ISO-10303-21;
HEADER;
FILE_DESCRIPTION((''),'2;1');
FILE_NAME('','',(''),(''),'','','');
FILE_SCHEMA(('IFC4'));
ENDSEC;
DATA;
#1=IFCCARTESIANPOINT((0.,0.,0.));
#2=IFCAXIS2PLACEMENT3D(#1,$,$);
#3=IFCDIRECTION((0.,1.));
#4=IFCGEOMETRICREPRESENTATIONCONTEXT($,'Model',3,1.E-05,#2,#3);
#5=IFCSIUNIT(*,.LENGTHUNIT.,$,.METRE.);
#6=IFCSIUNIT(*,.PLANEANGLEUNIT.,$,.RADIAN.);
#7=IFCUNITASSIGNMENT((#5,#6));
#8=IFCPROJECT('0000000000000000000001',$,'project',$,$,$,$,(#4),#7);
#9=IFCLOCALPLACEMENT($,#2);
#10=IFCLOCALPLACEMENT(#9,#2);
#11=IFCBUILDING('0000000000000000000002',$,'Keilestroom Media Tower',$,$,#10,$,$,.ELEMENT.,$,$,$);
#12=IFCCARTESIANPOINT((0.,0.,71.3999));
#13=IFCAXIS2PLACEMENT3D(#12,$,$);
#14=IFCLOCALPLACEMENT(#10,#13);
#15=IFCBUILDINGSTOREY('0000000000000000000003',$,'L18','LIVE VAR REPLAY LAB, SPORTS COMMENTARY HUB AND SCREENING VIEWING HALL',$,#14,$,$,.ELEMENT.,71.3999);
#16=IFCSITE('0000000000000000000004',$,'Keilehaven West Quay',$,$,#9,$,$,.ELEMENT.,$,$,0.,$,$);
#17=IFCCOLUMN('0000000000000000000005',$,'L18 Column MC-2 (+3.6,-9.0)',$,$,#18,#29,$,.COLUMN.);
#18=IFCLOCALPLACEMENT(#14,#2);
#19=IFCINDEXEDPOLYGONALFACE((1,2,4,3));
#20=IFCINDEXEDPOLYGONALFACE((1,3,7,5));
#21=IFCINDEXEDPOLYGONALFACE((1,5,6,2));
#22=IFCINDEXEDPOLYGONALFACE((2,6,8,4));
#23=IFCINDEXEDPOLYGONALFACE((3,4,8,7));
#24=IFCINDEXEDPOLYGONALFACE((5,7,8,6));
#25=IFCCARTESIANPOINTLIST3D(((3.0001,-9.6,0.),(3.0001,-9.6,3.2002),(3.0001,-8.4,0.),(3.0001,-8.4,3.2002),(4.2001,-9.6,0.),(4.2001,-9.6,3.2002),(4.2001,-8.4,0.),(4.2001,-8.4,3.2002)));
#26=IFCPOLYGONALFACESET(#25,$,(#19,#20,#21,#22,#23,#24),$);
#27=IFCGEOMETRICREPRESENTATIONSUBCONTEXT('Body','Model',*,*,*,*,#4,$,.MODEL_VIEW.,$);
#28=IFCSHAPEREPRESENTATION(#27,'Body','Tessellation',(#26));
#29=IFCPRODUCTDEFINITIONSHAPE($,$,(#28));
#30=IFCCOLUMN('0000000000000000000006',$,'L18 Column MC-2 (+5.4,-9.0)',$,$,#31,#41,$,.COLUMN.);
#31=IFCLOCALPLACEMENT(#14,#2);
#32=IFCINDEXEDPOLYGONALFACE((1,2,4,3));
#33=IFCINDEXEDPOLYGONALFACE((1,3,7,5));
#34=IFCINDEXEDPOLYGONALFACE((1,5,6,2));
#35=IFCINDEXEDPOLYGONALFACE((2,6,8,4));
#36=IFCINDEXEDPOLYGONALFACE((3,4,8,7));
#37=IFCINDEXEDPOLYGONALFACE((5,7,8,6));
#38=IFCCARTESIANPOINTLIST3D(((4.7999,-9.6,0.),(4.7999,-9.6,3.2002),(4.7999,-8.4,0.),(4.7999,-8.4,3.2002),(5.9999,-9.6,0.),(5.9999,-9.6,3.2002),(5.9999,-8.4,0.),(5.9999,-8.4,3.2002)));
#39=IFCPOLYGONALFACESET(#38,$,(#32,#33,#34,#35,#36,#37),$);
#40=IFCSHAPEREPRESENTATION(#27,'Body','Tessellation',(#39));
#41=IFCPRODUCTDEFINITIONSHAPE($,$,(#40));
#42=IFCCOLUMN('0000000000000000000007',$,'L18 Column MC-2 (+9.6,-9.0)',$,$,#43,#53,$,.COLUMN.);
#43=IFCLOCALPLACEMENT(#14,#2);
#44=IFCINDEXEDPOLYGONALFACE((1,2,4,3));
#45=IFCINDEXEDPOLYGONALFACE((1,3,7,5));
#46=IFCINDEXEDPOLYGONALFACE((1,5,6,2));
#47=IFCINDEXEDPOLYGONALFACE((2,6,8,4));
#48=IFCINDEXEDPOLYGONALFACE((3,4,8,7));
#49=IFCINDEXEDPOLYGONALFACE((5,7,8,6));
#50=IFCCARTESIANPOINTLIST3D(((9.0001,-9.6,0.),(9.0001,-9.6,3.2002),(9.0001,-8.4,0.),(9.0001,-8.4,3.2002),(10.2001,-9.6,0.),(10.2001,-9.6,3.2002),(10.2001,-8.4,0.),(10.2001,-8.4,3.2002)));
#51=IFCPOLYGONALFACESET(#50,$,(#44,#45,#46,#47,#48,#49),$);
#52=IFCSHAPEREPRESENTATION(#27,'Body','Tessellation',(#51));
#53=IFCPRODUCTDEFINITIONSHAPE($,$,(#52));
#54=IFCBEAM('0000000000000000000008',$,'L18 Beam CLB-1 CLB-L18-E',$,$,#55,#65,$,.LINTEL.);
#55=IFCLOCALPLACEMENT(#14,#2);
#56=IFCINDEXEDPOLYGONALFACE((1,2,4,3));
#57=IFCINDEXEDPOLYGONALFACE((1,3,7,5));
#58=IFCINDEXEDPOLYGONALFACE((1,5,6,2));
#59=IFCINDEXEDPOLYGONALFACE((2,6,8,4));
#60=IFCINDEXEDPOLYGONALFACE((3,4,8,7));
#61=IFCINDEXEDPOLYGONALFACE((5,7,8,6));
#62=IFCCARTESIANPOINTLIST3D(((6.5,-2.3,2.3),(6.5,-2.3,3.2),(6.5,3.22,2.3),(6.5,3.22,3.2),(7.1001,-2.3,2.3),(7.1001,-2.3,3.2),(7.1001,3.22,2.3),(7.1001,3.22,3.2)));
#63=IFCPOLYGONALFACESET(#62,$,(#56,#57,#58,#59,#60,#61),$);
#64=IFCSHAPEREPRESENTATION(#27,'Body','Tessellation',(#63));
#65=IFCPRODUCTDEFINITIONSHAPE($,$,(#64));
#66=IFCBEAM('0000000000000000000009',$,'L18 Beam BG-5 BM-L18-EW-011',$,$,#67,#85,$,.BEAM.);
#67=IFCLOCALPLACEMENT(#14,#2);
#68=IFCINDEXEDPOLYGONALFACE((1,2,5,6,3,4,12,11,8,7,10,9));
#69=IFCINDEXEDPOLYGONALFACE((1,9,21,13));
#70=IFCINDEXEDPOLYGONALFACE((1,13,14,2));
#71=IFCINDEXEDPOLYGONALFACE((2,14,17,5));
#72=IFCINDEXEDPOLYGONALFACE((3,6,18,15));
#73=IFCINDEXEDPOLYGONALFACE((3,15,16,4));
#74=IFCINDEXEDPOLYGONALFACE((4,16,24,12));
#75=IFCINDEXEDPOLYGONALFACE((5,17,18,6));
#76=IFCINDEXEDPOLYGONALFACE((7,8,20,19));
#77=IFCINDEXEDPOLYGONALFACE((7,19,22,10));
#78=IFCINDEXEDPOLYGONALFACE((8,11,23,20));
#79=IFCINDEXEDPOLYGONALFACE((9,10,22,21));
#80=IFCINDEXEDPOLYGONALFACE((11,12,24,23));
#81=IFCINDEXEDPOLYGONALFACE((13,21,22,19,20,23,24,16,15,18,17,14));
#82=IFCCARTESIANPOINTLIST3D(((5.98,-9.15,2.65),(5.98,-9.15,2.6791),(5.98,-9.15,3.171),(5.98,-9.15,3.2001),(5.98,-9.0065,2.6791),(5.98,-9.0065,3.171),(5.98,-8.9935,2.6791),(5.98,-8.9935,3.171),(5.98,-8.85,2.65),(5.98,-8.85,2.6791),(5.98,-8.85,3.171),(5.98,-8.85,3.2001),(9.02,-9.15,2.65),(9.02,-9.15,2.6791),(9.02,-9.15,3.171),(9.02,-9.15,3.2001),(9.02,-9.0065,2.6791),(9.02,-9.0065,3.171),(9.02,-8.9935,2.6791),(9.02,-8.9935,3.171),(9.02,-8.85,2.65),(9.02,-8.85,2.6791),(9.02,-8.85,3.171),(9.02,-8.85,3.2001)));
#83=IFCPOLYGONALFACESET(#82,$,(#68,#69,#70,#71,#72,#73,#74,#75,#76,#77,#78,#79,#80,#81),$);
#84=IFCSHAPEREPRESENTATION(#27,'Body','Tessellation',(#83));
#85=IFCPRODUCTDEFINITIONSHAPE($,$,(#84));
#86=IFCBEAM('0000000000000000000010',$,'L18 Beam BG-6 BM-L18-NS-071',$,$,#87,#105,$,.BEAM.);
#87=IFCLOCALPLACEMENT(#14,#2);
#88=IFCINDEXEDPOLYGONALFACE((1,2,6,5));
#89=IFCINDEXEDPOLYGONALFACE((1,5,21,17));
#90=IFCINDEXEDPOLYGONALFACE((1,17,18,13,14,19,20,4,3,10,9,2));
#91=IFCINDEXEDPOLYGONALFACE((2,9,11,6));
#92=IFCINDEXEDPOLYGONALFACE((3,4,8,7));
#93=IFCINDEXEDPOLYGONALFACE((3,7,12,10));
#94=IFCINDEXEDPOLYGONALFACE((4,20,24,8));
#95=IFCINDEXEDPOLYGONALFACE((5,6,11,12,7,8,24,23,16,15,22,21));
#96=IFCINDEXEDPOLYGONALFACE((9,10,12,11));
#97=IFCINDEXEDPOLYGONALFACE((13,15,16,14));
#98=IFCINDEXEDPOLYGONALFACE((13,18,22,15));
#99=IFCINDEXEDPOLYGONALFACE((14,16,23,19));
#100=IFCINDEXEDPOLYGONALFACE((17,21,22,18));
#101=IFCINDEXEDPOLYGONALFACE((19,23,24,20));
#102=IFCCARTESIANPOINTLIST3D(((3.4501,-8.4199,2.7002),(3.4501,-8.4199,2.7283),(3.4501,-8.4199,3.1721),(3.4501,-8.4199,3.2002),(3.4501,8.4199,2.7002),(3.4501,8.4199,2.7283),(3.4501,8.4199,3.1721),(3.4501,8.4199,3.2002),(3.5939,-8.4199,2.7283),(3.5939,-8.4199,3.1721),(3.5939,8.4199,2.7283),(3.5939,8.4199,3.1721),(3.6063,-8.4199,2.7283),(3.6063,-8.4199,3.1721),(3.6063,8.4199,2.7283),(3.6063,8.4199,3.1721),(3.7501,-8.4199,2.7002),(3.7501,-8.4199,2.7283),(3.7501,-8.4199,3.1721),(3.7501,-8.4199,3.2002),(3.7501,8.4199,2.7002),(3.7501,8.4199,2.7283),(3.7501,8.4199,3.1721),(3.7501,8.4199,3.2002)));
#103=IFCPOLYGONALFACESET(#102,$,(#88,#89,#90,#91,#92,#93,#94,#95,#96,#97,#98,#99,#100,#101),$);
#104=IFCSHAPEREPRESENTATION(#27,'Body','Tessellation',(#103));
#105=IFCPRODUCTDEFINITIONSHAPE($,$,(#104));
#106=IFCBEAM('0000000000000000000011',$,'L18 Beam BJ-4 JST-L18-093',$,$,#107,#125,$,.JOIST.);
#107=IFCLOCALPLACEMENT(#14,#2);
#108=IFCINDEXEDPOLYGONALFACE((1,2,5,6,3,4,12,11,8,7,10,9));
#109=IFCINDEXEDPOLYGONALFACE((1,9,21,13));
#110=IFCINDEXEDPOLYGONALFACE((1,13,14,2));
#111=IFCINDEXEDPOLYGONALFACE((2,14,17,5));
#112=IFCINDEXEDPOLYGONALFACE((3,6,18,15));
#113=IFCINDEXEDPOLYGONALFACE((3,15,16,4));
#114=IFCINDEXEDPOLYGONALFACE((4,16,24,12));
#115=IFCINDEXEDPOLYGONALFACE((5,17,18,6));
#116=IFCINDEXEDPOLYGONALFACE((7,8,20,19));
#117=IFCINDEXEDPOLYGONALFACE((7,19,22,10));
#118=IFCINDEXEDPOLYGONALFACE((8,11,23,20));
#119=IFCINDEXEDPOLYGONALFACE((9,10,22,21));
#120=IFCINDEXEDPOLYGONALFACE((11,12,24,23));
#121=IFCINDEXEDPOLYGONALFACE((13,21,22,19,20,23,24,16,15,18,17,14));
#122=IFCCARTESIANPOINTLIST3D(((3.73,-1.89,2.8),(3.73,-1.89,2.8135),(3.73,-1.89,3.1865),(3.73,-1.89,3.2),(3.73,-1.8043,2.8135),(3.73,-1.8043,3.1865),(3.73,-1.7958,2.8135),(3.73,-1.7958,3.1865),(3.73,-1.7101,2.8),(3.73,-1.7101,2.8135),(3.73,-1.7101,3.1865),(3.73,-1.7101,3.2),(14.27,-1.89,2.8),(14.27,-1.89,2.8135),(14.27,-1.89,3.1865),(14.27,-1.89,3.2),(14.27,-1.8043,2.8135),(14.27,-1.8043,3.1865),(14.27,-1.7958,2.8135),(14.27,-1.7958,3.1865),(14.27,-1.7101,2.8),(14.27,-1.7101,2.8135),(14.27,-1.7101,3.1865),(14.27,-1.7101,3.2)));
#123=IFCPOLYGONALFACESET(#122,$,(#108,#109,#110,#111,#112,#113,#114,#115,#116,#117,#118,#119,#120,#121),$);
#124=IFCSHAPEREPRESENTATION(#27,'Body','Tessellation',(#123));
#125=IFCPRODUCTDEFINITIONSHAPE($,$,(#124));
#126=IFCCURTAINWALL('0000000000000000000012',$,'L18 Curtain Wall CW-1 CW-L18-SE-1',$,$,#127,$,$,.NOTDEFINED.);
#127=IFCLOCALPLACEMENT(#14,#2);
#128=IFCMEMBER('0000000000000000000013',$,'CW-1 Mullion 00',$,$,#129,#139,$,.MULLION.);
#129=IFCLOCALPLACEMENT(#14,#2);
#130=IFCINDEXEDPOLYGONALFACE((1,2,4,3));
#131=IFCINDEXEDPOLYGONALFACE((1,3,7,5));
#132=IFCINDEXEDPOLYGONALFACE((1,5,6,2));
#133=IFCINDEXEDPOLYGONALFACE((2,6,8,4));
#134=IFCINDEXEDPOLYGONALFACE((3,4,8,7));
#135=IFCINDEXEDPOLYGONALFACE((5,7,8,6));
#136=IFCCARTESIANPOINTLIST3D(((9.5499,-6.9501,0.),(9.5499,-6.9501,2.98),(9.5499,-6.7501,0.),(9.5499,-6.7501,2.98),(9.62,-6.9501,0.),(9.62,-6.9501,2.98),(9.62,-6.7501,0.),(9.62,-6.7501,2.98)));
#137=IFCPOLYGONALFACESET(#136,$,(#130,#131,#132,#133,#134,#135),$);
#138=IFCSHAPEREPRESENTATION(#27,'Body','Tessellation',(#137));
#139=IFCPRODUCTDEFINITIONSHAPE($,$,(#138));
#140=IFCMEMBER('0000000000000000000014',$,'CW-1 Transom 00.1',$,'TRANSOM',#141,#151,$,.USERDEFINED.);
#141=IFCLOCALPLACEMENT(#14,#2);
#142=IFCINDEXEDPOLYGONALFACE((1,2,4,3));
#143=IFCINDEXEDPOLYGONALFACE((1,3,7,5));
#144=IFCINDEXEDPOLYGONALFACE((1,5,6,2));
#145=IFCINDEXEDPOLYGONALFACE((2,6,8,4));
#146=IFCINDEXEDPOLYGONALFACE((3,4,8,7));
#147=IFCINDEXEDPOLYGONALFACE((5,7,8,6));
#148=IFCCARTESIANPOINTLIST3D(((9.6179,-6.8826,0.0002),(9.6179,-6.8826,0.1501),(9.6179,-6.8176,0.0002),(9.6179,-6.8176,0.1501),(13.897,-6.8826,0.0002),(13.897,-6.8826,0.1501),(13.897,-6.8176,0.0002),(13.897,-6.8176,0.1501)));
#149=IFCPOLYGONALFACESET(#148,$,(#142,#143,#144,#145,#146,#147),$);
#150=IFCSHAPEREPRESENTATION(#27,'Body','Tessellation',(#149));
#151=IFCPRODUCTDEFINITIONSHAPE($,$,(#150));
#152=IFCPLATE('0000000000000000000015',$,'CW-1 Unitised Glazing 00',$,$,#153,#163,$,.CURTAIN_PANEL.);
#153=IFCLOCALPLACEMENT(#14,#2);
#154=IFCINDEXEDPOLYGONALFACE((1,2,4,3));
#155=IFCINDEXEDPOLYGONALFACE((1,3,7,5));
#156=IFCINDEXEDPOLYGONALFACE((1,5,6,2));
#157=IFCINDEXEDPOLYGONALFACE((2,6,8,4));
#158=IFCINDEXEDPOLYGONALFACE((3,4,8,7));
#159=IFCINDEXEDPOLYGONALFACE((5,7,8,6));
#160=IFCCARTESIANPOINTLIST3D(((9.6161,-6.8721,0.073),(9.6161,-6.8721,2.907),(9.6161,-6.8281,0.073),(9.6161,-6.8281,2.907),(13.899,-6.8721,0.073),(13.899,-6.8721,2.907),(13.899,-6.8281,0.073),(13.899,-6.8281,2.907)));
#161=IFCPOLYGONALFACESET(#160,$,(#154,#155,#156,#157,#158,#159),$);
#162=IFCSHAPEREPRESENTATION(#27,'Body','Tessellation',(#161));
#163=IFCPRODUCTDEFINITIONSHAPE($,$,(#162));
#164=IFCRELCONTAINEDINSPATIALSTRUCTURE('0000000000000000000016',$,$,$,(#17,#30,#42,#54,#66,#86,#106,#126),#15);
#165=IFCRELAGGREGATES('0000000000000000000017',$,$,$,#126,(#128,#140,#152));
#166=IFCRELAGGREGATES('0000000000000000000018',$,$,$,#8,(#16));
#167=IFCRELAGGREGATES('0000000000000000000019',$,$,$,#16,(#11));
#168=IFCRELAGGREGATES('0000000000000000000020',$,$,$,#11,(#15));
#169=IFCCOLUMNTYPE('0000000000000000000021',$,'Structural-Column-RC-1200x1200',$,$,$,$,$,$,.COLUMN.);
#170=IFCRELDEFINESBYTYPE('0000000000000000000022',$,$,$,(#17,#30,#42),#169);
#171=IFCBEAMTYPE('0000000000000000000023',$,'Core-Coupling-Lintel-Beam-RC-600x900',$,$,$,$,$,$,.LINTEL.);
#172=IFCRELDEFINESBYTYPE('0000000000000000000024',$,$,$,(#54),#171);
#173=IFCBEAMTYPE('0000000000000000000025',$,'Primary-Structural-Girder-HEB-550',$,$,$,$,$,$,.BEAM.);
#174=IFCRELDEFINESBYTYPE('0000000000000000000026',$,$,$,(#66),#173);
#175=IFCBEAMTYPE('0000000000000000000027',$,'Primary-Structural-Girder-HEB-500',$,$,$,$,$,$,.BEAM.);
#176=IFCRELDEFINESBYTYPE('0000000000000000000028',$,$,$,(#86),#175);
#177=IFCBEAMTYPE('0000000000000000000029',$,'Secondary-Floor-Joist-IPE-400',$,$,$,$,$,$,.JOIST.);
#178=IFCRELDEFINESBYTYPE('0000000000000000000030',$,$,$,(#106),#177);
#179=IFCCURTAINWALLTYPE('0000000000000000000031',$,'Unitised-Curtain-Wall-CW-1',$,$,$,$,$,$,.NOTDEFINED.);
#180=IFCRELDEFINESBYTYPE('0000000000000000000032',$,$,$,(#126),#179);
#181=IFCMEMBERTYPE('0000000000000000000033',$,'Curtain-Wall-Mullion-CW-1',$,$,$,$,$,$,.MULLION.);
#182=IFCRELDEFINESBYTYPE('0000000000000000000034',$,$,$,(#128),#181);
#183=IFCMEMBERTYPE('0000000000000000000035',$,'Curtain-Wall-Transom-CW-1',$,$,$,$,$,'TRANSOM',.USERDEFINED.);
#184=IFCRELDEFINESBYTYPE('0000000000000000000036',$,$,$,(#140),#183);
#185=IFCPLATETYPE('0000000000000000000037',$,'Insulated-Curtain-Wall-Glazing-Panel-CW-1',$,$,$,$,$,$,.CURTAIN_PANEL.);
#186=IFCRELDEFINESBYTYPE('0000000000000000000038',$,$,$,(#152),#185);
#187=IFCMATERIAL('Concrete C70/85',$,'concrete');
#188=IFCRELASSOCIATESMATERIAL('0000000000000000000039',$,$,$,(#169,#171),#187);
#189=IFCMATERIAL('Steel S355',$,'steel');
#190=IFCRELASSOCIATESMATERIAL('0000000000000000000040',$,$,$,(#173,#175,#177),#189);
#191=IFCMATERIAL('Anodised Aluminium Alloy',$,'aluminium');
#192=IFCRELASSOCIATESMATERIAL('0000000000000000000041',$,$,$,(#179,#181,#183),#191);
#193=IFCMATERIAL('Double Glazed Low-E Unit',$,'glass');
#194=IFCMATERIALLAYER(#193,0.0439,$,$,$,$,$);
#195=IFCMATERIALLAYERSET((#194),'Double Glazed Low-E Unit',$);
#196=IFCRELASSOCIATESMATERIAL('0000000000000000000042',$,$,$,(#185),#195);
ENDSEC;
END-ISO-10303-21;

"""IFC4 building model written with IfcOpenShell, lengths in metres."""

from ifc_helpers import new_model, si_unit, direction, frame, origin, origin_2d, place, context, subcontext, project, spatial, rectangle, i_section, extrude, source, transform, mapped, material, layer, layer_set, material_profile, profile_set, type_object, element, aggregate, save


model = new_model("IFC4")

# Units and contexts
model_context = context("Model", 3, precision=1e-05, world=origin(), true_north=direction((0.0, 1.0)))
body_context = subcontext(model_context, "Body", "Model", "MODEL_VIEW")
ifc_project = project(units=[si_unit("LENGTHUNIT", "METRE"), si_unit("PLANEANGLEUNIT", "RADIAN")], contexts=[model_context])

# Site, building, storey
site_placement = place(None, origin())
site = spatial("IfcSite", under=ifc_project, at=site_placement, Name="Keilehaven West Quay", CompositionType="ELEMENT", RefElevation=0.0)
building_placement = place(site_placement, origin())
building = spatial("IfcBuilding", under=site, at=building_placement, Name="Keilestroom Media Tower", CompositionType="ELEMENT")
storey_placement = place(building_placement, frame((0.0, 0.0, 71.3999)))
storey = spatial("IfcBuildingStorey", under=building, at=storey_placement, Name="L18", Description="LIVE VAR REPLAY LAB, SPORTS COMMENTARY HUB AND SCREENING VIEWING HALL", CompositionType="ELEMENT", Elevation=71.3999)

# Columns
ifc_material_1 = material(Name="Concrete C70/85", Category="concrete")
ifc_material_profile_1 = material_profile(ifc_material_1, rectangle(XDim=1.2, YDim=1.2, at=origin_2d()), Name="RC 1200x1200")
ifc_profile_set_1 = profile_set([ifc_material_profile_1], Name="Concrete C70/85")
column_type = type_object("IfcColumnType", Name="Structural-Column-RC-1200x1200", PredefinedType="COLUMN", material=ifc_profile_set_1)
shared_shape_1 = source(origin(), body_context, "Body", "SweptSolid", [
    extrude(rectangle(XDim=1.2, YDim=1.2, at=origin_2d()), origin(), (0.0, 0.0, 1.0), 3.2002),
])
for number, where, z_axis, x_axis, name in (
    (1, (3.6001, -9.0, 0.0), (0.0, 0.0, 1.0), (1.0, 0.0, 0.0), "L18 Column MC-2 (+3.6,-9.0)"),
    (2, (5.3999, -9.0, 0.0), (0.0, 0.0, 1.0), (1.0, 0.0, 0.0), "L18 Column MC-2 (+5.4,-9.0)"),
    (3, (9.6001, -9.0, 0.0), (0.0, 0.0, 1.0), (1.0, 0.0, 0.0), "L18 Column MC-2 (+9.6,-9.0)"),
):
    element("IfcColumn", number, at=place(storey_placement, frame(where, z_axis=z_axis, x_axis=x_axis)), inside=storey, type_object=column_type, Name=name, PredefinedType="COLUMN", context=body_context, shape_type="MappedRepresentation", body=[
        mapped(shared_shape_1, transform((0.0, 0.0, 0.0), x_axis=(1.0, 0.0, 0.0), y_axis=(0.0, 1.0, 0.0), z_axis=(0.0, 0.0, 1.0), scale=1.0)),
    ])

# Beams
ifc_material_profile_2 = material_profile(ifc_material_1, rectangle(XDim=0.6001, YDim=0.8999, at=origin_2d()), Name="RC 600x900")
ifc_profile_set_2 = profile_set([ifc_material_profile_2], Name="Concrete C70/85")
beam_type_1 = type_object("IfcBeamType", Name="Core-Coupling-Lintel-Beam-RC-600x900", PredefinedType="LINTEL", material=ifc_profile_set_2)
shared_shape_2 = source(origin(), body_context, "Body", "SweptSolid", [
    extrude(rectangle(XDim=0.6001, YDim=0.8999, at=origin_2d()), origin(), (0.0, 0.0, 1.0), 5.52),
])
beam_1_placement = place(storey_placement, frame((6.8, -2.3, 2.75), z_axis=(0.0, 1.0, 0.0), x_axis=(-1.0, 0.0, 0.0)))
element("IfcBeam", 4, at=beam_1_placement, inside=storey, type_object=beam_type_1, Name="L18 Beam CLB-1 CLB-L18-E", PredefinedType="LINTEL", context=body_context, shape_type="MappedRepresentation", body=[
    mapped(shared_shape_2, transform((0.0, 0.0, 0.0), x_axis=(1.0, 0.0, 0.0), y_axis=(0.0, 1.0, 0.0), z_axis=(0.0, 0.0, 1.0), scale=1.0)),
])
ifc_material_2 = material(Name="Steel S355", Category="steel")
ifc_material_profile_3 = material_profile(ifc_material_2, i_section(OverallWidth=0.3, OverallDepth=0.55, WebThickness=0.0129, FlangeThickness=0.0291, at=origin_2d()), Name="HEB 550")
ifc_profile_set_3 = profile_set([ifc_material_profile_3], Name="Steel S355")
beam_type_2 = type_object("IfcBeamType", Name="Primary-Structural-Girder-HEB-550", PredefinedType="BEAM", material=ifc_profile_set_3)
shared_shape_3 = source(origin(), body_context, "Body", "SweptSolid", [
    extrude(i_section(OverallWidth=0.3, OverallDepth=0.55, WebThickness=0.0129, FlangeThickness=0.0291, at=origin_2d()), origin(), (0.0, 0.0, 1.0), 3.04),
])
beam_2_placement = place(storey_placement, frame((5.98, -9.0, 2.925), z_axis=(1.0, 0.0, 0.0), x_axis=(0.0, 1.0, 0.0)))
element("IfcBeam", 5, at=beam_2_placement, inside=storey, type_object=beam_type_2, Name="L18 Beam BG-5 BM-L18-EW-011", PredefinedType="BEAM", context=body_context, shape_type="MappedRepresentation", body=[
    mapped(shared_shape_3, transform((0.0, 0.0, 0.0), x_axis=(1.0, 0.0, 0.0), y_axis=(0.0, 1.0, 0.0), z_axis=(0.0, 0.0, 1.0), scale=1.0)),
])
ifc_material_profile_4 = material_profile(ifc_material_2, i_section(OverallWidth=0.3, OverallDepth=0.5, WebThickness=0.0125, FlangeThickness=0.0281, at=origin_2d()), Name="HEB 500")
ifc_profile_set_4 = profile_set([ifc_material_profile_4], Name="Steel S355")
beam_type_3 = type_object("IfcBeamType", Name="Primary-Structural-Girder-HEB-500", PredefinedType="BEAM", material=ifc_profile_set_4)
shared_shape_4 = source(origin(), body_context, "Body", "SweptSolid", [
    extrude(i_section(OverallWidth=0.3, OverallDepth=0.5, WebThickness=0.0125, FlangeThickness=0.0281, at=origin_2d()), origin(), (0.0, 0.0, 1.0), 16.8398),
])
beam_3_placement = place(storey_placement, frame((3.6001, -8.4199, 2.9502), z_axis=(0.0, 1.0, 0.0), x_axis=(-1.0, 0.0, 0.0)))
element("IfcBeam", 6, at=beam_3_placement, inside=storey, type_object=beam_type_3, Name="L18 Beam BG-6 BM-L18-NS-071", PredefinedType="BEAM", context=body_context, shape_type="MappedRepresentation", body=[
    mapped(shared_shape_4, transform((0.0, 0.0, 0.0), x_axis=(1.0, 0.0, 0.0), y_axis=(0.0, 1.0, 0.0), z_axis=(0.0, 0.0, 1.0), scale=1.0)),
])
ifc_material_profile_5 = material_profile(ifc_material_2, i_section(OverallWidth=0.1799, OverallDepth=0.3999, WebThickness=0.0085, FlangeThickness=0.0134, at=origin_2d()), Name="IPE 400")
ifc_profile_set_5 = profile_set([ifc_material_profile_5], Name="Steel S355")
beam_type_4 = type_object("IfcBeamType", Name="Secondary-Floor-Joist-IPE-400", PredefinedType="JOIST", material=ifc_profile_set_5)
shared_shape_5 = source(origin(), body_context, "Body", "SweptSolid", [
    extrude(i_section(OverallWidth=0.1799, OverallDepth=0.3999, WebThickness=0.0085, FlangeThickness=0.0134, at=origin_2d()), origin(), (0.0, 0.0, 1.0), 10.54),
])
beam_4_placement = place(storey_placement, frame((3.73, -1.8, 3.0), z_axis=(1.0, 0.0, 0.0), x_axis=(0.0, 1.0, 0.0)))
element("IfcBeam", 7, at=beam_4_placement, inside=storey, type_object=beam_type_4, Name="L18 Beam BJ-4 JST-L18-093", PredefinedType="JOIST", context=body_context, shape_type="MappedRepresentation", body=[
    mapped(shared_shape_5, transform((0.0, 0.0, 0.0), x_axis=(1.0, 0.0, 0.0), y_axis=(0.0, 1.0, 0.0), z_axis=(0.0, 0.0, 1.0), scale=1.0)),
])

# Curtain wall, members, plate
ifc_material_3 = material(Name="Anodised Aluminium Alloy", Category="aluminium")
curtain_wall_type = type_object("IfcCurtainWallType", Name="Unitised-Curtain-Wall-CW-1", PredefinedType="NOTDEFINED", material=ifc_material_3)
curtain_wall_placement = place(storey_placement, origin())
curtain_wall = element("IfcCurtainWall", 8, at=curtain_wall_placement, inside=storey, type_object=curtain_wall_type, Name="L18 Curtain Wall CW-1 CW-L18-SE-1", PredefinedType="NOTDEFINED")
ifc_material_profile_6 = material_profile(ifc_material_3, rectangle(XDim=0.0701, YDim=0.2, at=origin_2d()), Name="ALU MULLION 70x200")
ifc_profile_set_6 = profile_set([ifc_material_profile_6], Name="Anodised Aluminium Alloy")
member_type_1 = type_object("IfcMemberType", Name="Curtain-Wall-Mullion-CW-1", PredefinedType="MULLION", material=ifc_profile_set_6)
shared_shape_6 = source(origin(), body_context, "Body", "SweptSolid", [
    extrude(rectangle(XDim=0.0701, YDim=0.2, at=origin_2d()), origin(), (0.0, 0.0, 1.0), 2.98),
])
member_1_placement = place(storey_placement, frame((9.585, -6.8501, 0.0), z_axis=(0.0, 0.0, 1.0), x_axis=(1.0, 0.0, 0.0)))
member_1 = element("IfcMember", 9, at=member_1_placement, type_object=member_type_1, Name="CW-1 Mullion 00", PredefinedType="MULLION", context=body_context, shape_type="MappedRepresentation", body=[
    mapped(shared_shape_6, transform((0.0, 0.0, 0.0), x_axis=(1.0, 0.0, 0.0), y_axis=(0.0, 1.0, 0.0), z_axis=(0.0, 0.0, 1.0), scale=1.0)),
])
ifc_material_profile_7 = material_profile(ifc_material_3, rectangle(XDim=0.0649, YDim=0.1499, at=origin_2d()), Name="ALU TRANSOM 65x150")
ifc_profile_set_7 = profile_set([ifc_material_profile_7], Name="Anodised Aluminium Alloy")
member_type_2 = type_object("IfcMemberType", Name="Curtain-Wall-Transom-CW-1", ElementType="TRANSOM", PredefinedType="USERDEFINED", material=ifc_profile_set_7)
shared_shape_7 = source(origin(), body_context, "Body", "SweptSolid", [
    extrude(rectangle(XDim=0.0649, YDim=0.1499, at=origin_2d()), origin(), (0.0, 0.0, 1.0), 4.2791),
])
member_2_placement = place(storey_placement, frame((9.6179, -6.8501, 0.0752), z_axis=(1.0, 0.0, 0.0), x_axis=(0.0, 1.0, 0.0)))
member_2 = element("IfcMember", 10, at=member_2_placement, type_object=member_type_2, Name="CW-1 Transom 00.1", ObjectType="TRANSOM", PredefinedType="USERDEFINED", context=body_context, shape_type="MappedRepresentation", body=[
    mapped(shared_shape_7, transform((0.0, 0.0, 0.0), x_axis=(1.0, 0.0, 0.0), y_axis=(0.0, 1.0, 0.0), z_axis=(0.0, 0.0, 1.0), scale=1.0)),
])
ifc_material_4 = material(Name="Double Glazed Low-E Unit", Category="glass")
ifc_layer_1 = layer(ifc_material_4, 0.0439)
ifc_layer_set_1 = layer_set([ifc_layer_1], Name="Double Glazed Low-E Unit")
plate_type = type_object("IfcPlateType", Name="Insulated-Curtain-Wall-Glazing-Panel-CW-1", PredefinedType="CURTAIN_PANEL", material=ifc_layer_set_1)
shared_shape_8 = source(origin(), body_context, "Body", "SweptSolid", [
    extrude(rectangle(XDim=4.283, YDim=0.0439, at=origin_2d()), origin(), (0.0, 0.0, 1.0), 2.834),
])
plate_placement = place(storey_placement, frame((11.7576, -6.8501, 0.073), z_axis=(0.0, 0.0, 1.0), x_axis=(1.0, 0.0, 0.0)))
plate = element("IfcPlate", 11, at=plate_placement, type_object=plate_type, Name="CW-1 Unitised Glazing 00", PredefinedType="CURTAIN_PANEL", context=body_context, shape_type="MappedRepresentation", body=[
    mapped(shared_shape_8, transform((0.0, 0.0, 0.0), x_axis=(1.0, 0.0, 0.0), y_axis=(0.0, 1.0, 0.0), z_axis=(0.0, 0.0, 1.0), scale=1.0)),
])
aggregate(curtain_wall, [member_1, member_2, plate])

save(model, "model.ifc")
